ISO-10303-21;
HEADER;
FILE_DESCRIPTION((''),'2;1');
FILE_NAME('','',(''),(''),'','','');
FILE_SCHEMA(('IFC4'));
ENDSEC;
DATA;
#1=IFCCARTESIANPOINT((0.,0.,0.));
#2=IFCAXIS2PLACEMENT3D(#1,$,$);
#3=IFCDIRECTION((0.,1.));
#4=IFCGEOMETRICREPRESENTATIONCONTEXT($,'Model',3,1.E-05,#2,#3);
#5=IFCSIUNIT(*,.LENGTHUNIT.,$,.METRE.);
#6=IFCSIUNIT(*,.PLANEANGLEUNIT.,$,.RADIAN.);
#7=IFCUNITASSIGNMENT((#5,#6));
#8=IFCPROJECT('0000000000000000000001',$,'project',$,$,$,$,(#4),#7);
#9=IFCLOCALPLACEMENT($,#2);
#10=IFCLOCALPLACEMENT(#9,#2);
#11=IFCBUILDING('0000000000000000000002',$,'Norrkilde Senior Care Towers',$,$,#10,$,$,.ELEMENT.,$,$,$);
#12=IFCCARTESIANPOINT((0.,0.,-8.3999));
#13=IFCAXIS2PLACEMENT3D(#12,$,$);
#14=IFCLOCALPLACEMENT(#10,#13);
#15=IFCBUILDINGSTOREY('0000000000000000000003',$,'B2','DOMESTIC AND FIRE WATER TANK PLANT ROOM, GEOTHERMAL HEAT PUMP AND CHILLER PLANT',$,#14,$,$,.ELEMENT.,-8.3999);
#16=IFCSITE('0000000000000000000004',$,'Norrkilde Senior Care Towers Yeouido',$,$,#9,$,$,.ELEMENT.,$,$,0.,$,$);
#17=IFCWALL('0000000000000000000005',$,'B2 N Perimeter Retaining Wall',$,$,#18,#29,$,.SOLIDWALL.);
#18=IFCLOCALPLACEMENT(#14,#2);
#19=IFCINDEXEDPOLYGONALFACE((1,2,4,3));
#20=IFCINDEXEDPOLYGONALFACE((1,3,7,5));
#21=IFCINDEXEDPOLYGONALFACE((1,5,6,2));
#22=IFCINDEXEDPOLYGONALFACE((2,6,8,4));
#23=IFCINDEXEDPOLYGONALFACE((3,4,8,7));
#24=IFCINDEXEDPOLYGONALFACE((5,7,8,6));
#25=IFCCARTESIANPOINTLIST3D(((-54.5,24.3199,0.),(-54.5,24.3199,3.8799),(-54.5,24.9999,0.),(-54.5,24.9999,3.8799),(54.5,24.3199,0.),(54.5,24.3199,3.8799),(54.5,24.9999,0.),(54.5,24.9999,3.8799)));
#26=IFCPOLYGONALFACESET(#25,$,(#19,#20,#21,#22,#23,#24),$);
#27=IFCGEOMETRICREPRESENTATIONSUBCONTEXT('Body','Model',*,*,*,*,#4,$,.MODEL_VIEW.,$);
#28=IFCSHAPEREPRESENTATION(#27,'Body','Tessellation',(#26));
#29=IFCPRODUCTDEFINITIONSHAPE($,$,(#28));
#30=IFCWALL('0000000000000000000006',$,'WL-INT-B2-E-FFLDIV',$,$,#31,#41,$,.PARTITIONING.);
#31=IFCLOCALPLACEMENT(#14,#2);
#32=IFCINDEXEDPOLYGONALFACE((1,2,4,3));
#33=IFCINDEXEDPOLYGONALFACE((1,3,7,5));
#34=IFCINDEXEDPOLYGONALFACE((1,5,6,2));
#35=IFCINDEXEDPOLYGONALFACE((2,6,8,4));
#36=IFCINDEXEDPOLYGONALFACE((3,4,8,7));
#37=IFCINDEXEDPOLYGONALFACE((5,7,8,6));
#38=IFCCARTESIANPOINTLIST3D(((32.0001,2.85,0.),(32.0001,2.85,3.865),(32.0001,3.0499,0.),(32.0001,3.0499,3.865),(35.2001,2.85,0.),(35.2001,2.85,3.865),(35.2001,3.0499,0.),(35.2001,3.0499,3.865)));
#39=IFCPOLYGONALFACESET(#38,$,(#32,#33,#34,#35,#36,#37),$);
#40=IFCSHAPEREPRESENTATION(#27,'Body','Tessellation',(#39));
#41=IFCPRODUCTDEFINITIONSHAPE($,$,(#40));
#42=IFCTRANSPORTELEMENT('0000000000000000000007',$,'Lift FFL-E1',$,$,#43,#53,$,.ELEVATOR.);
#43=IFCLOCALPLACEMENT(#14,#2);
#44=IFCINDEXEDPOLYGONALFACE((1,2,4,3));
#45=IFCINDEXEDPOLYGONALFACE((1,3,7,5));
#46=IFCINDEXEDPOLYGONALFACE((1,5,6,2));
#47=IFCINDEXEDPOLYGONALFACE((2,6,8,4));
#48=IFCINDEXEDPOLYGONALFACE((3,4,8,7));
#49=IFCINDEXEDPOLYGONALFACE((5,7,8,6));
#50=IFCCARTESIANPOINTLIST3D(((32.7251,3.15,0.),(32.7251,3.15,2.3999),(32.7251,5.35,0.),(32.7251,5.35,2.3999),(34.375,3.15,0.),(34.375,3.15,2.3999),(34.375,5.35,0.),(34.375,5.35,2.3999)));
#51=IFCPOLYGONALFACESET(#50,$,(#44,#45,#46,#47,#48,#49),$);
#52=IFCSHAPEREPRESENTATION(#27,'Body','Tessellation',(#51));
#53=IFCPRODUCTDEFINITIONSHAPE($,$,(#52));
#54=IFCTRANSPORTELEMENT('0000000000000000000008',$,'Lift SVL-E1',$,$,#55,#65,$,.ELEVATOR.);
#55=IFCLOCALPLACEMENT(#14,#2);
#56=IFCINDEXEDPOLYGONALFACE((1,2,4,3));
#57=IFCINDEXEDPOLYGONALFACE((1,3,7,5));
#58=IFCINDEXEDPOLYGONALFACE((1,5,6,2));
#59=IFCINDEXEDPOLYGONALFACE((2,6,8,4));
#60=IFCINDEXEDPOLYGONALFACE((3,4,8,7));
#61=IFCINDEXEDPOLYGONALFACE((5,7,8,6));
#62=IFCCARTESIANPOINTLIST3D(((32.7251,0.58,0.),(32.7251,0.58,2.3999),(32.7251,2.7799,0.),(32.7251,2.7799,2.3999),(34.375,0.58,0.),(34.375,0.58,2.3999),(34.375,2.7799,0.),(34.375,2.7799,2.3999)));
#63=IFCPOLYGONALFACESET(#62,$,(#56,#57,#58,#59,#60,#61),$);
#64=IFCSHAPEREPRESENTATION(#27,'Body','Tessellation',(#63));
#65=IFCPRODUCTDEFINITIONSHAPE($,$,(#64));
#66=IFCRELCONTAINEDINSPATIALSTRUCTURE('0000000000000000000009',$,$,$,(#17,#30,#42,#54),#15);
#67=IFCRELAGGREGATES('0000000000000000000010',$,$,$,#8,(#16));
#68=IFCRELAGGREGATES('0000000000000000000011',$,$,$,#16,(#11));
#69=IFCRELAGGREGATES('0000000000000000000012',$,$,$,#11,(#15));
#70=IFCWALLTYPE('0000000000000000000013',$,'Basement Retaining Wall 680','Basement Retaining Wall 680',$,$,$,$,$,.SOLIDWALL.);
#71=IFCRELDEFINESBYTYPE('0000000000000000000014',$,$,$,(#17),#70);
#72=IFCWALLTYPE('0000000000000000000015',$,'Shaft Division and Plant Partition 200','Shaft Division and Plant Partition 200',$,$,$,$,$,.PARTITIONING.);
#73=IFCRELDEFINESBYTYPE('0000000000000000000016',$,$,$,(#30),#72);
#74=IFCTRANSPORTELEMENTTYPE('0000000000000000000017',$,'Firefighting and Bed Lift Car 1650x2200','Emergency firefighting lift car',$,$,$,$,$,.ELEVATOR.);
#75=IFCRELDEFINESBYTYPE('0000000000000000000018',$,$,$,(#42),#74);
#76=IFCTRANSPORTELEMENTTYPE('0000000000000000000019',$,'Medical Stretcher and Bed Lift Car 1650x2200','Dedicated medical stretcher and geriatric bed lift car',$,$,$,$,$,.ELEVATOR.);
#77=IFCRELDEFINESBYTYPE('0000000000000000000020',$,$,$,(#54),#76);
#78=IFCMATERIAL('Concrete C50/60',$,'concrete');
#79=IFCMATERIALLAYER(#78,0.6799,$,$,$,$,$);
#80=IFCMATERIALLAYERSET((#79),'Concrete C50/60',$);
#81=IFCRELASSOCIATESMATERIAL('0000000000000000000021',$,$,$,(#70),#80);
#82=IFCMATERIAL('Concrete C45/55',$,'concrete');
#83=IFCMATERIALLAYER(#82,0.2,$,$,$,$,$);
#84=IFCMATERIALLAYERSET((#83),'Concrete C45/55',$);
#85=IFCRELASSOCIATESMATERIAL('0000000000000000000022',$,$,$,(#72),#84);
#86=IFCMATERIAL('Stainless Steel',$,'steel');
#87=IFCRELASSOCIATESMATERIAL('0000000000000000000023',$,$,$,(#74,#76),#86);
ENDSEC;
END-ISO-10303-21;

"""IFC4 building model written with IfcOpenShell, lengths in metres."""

from ifc_helpers import new_model, si_unit, direction, frame, frame_2d, origin, origin_2d, place, context, subcontext, project, spatial, rectangle, extrude, source, transform, mapped, material, layer, layer_set, type_object, type_shapes, element, save


model = new_model("IFC4")

# Units and contexts
model_context = context("Model", 3, precision=1e-05, world=origin(), true_north=direction((0.0, 1.0)))
body_context = subcontext(model_context, "Body", "Model", "MODEL_VIEW")
ifc_project = project(units=[si_unit("LENGTHUNIT", "METRE"), si_unit("PLANEANGLEUNIT", "RADIAN")], contexts=[model_context])

# Site, building, storey
site_placement = place(None, origin())
site = spatial("IfcSite", under=ifc_project, at=site_placement, Name="Norrkilde Senior Care Towers Yeouido", CompositionType="ELEMENT", RefElevation=0.0)
building_placement = place(site_placement, origin())
building = spatial("IfcBuilding", under=site, at=building_placement, Name="Norrkilde Senior Care Towers", CompositionType="ELEMENT")
storey_placement = place(building_placement, frame((0.0, 0.0, -8.3999)))
storey = spatial("IfcBuildingStorey", under=building, at=storey_placement, Name="B2", Description="DOMESTIC AND FIRE WATER TANK PLANT ROOM, GEOTHERMAL HEAT PUMP AND CHILLER PLANT", CompositionType="ELEMENT", Elevation=-8.3999)

# Shared definitions
ifc_material_1 = material(Name="Concrete C45/55", Category="concrete")

# Shared definitions
ifc_material_2 = material(Name="Concrete C50/60", Category="concrete")

# Walls
ifc_layer_1 = layer(ifc_material_2, 0.6799)
ifc_layer_set_1 = layer_set([ifc_layer_1], Name="Concrete C50/60")
wall_type_1 = type_object("IfcWallType", Name="Basement Retaining Wall 680", Description="Basement Retaining Wall 680", PredefinedType="SOLIDWALL", material=ifc_layer_set_1)
shared_shape_1 = source(origin(), body_context, "Body", "SweptSolid", [
    extrude(rectangle(XDim=109.0, YDim=0.6799, at=frame_2d((54.5, 0.0))), origin(), (0.0, 0.0, 1.0), 3.8799),
])
type_shapes(wall_type_1, [shared_shape_1])
wall_1_placement = place(storey_placement, frame((54.5, 24.6599, 0.0), z_axis=(0.0, 0.0, 1.0), x_axis=(-1.0, 0.0, 0.0)))
element("IfcWall", 1, at=wall_1_placement, inside=storey, type_object=wall_type_1, Name="B2 N Perimeter Retaining Wall", PredefinedType="SOLIDWALL", context=body_context, shape_type="MappedRepresentation", body=[
    mapped(shared_shape_1, transform((0.0, 0.0, 0.0), x_axis=(1.0, 0.0, 0.0), y_axis=(0.0, 1.0, 0.0), z_axis=(0.0, 0.0, 1.0), scale=1.0)),
])
ifc_layer_2 = layer(ifc_material_1, 0.2)
ifc_layer_set_2 = layer_set([ifc_layer_2], Name="Concrete C45/55")
wall_type_2 = type_object("IfcWallType", Name="Shaft Division and Plant Partition 200", Description="Shaft Division and Plant Partition 200", PredefinedType="PARTITIONING", material=ifc_layer_set_2)
shared_shape_2 = source(origin(), body_context, "Body", "SweptSolid", [
    extrude(rectangle(XDim=3.2, YDim=0.2, at=frame_2d((1.6001, 0.0))), origin(), (0.0, 0.0, 1.0), 3.865),
])
type_shapes(wall_type_2, [shared_shape_2])
wall_2_placement = place(storey_placement, frame((32.0, 2.95, 0.0), z_axis=(0.0, 0.0, 1.0), x_axis=(1.0, 0.0, 0.0)))
element("IfcWall", 2, at=wall_2_placement, inside=storey, type_object=wall_type_2, Name="WL-INT-B2-E-FFLDIV", PredefinedType="PARTITIONING", context=body_context, shape_type="MappedRepresentation", body=[
    mapped(shared_shape_2, transform((0.0, 0.0, 0.0), x_axis=(1.0, 0.0, 0.0), y_axis=(0.0, 1.0, 0.0), z_axis=(0.0, 0.0, 1.0), scale=1.0)),
])

# Transport elements
ifc_material_3 = material(Name="Stainless Steel", Category="steel")
transport_element_type_1 = type_object("IfcTransportElementType", Name="Firefighting and Bed Lift Car 1650x2200", Description="Emergency firefighting lift car", PredefinedType="ELEVATOR", material=ifc_material_3)
shared_shape_3 = source(origin(), body_context, "Body", "SweptSolid", [
    extrude(rectangle(XDim=1.6499, YDim=2.2, at=origin_2d()), origin(), (0.0, 0.0, 1.0), 2.3999),
])
type_shapes(transport_element_type_1, [shared_shape_3])
transport_element_1_placement = place(storey_placement, frame((33.55, 4.25, 0.0), z_axis=(0.0, 0.0, 1.0), x_axis=(1.0, 0.0, 0.0)))
element("IfcTransportElement", 3, at=transport_element_1_placement, inside=storey, type_object=transport_element_type_1, Name="Lift FFL-E1", PredefinedType="ELEVATOR", context=body_context, shape_type="MappedRepresentation", body=[
    mapped(shared_shape_3, transform((0.0, 0.0, 0.0), x_axis=(1.0, 0.0, 0.0), y_axis=(0.0, 1.0, 0.0), z_axis=(0.0, 0.0, 1.0), scale=1.0)),
])
transport_element_type_2 = type_object("IfcTransportElementType", Name="Medical Stretcher and Bed Lift Car 1650x2200", Description="Dedicated medical stretcher and geriatric bed lift car", PredefinedType="ELEVATOR", material=ifc_material_3)
shared_shape_4 = source(origin(), body_context, "Body", "SweptSolid", [
    extrude(rectangle(XDim=1.6499, YDim=2.2, at=origin_2d()), origin(), (0.0, 0.0, 1.0), 2.3999),
])
type_shapes(transport_element_type_2, [shared_shape_4])
transport_element_2_placement = place(storey_placement, frame((33.55, 1.6799, 0.0), z_axis=(0.0, 0.0, 1.0), x_axis=(1.0, 0.0, 0.0)))
element("IfcTransportElement", 4, at=transport_element_2_placement, inside=storey, type_object=transport_element_type_2, Name="Lift SVL-E1", PredefinedType="ELEVATOR", context=body_context, shape_type="MappedRepresentation", body=[
    mapped(shared_shape_4, transform((0.0, 0.0, 0.0), x_axis=(1.0, 0.0, 0.0), y_axis=(0.0, 1.0, 0.0), z_axis=(0.0, 0.0, 1.0), scale=1.0)),
])

save(model, "model.ifc")
